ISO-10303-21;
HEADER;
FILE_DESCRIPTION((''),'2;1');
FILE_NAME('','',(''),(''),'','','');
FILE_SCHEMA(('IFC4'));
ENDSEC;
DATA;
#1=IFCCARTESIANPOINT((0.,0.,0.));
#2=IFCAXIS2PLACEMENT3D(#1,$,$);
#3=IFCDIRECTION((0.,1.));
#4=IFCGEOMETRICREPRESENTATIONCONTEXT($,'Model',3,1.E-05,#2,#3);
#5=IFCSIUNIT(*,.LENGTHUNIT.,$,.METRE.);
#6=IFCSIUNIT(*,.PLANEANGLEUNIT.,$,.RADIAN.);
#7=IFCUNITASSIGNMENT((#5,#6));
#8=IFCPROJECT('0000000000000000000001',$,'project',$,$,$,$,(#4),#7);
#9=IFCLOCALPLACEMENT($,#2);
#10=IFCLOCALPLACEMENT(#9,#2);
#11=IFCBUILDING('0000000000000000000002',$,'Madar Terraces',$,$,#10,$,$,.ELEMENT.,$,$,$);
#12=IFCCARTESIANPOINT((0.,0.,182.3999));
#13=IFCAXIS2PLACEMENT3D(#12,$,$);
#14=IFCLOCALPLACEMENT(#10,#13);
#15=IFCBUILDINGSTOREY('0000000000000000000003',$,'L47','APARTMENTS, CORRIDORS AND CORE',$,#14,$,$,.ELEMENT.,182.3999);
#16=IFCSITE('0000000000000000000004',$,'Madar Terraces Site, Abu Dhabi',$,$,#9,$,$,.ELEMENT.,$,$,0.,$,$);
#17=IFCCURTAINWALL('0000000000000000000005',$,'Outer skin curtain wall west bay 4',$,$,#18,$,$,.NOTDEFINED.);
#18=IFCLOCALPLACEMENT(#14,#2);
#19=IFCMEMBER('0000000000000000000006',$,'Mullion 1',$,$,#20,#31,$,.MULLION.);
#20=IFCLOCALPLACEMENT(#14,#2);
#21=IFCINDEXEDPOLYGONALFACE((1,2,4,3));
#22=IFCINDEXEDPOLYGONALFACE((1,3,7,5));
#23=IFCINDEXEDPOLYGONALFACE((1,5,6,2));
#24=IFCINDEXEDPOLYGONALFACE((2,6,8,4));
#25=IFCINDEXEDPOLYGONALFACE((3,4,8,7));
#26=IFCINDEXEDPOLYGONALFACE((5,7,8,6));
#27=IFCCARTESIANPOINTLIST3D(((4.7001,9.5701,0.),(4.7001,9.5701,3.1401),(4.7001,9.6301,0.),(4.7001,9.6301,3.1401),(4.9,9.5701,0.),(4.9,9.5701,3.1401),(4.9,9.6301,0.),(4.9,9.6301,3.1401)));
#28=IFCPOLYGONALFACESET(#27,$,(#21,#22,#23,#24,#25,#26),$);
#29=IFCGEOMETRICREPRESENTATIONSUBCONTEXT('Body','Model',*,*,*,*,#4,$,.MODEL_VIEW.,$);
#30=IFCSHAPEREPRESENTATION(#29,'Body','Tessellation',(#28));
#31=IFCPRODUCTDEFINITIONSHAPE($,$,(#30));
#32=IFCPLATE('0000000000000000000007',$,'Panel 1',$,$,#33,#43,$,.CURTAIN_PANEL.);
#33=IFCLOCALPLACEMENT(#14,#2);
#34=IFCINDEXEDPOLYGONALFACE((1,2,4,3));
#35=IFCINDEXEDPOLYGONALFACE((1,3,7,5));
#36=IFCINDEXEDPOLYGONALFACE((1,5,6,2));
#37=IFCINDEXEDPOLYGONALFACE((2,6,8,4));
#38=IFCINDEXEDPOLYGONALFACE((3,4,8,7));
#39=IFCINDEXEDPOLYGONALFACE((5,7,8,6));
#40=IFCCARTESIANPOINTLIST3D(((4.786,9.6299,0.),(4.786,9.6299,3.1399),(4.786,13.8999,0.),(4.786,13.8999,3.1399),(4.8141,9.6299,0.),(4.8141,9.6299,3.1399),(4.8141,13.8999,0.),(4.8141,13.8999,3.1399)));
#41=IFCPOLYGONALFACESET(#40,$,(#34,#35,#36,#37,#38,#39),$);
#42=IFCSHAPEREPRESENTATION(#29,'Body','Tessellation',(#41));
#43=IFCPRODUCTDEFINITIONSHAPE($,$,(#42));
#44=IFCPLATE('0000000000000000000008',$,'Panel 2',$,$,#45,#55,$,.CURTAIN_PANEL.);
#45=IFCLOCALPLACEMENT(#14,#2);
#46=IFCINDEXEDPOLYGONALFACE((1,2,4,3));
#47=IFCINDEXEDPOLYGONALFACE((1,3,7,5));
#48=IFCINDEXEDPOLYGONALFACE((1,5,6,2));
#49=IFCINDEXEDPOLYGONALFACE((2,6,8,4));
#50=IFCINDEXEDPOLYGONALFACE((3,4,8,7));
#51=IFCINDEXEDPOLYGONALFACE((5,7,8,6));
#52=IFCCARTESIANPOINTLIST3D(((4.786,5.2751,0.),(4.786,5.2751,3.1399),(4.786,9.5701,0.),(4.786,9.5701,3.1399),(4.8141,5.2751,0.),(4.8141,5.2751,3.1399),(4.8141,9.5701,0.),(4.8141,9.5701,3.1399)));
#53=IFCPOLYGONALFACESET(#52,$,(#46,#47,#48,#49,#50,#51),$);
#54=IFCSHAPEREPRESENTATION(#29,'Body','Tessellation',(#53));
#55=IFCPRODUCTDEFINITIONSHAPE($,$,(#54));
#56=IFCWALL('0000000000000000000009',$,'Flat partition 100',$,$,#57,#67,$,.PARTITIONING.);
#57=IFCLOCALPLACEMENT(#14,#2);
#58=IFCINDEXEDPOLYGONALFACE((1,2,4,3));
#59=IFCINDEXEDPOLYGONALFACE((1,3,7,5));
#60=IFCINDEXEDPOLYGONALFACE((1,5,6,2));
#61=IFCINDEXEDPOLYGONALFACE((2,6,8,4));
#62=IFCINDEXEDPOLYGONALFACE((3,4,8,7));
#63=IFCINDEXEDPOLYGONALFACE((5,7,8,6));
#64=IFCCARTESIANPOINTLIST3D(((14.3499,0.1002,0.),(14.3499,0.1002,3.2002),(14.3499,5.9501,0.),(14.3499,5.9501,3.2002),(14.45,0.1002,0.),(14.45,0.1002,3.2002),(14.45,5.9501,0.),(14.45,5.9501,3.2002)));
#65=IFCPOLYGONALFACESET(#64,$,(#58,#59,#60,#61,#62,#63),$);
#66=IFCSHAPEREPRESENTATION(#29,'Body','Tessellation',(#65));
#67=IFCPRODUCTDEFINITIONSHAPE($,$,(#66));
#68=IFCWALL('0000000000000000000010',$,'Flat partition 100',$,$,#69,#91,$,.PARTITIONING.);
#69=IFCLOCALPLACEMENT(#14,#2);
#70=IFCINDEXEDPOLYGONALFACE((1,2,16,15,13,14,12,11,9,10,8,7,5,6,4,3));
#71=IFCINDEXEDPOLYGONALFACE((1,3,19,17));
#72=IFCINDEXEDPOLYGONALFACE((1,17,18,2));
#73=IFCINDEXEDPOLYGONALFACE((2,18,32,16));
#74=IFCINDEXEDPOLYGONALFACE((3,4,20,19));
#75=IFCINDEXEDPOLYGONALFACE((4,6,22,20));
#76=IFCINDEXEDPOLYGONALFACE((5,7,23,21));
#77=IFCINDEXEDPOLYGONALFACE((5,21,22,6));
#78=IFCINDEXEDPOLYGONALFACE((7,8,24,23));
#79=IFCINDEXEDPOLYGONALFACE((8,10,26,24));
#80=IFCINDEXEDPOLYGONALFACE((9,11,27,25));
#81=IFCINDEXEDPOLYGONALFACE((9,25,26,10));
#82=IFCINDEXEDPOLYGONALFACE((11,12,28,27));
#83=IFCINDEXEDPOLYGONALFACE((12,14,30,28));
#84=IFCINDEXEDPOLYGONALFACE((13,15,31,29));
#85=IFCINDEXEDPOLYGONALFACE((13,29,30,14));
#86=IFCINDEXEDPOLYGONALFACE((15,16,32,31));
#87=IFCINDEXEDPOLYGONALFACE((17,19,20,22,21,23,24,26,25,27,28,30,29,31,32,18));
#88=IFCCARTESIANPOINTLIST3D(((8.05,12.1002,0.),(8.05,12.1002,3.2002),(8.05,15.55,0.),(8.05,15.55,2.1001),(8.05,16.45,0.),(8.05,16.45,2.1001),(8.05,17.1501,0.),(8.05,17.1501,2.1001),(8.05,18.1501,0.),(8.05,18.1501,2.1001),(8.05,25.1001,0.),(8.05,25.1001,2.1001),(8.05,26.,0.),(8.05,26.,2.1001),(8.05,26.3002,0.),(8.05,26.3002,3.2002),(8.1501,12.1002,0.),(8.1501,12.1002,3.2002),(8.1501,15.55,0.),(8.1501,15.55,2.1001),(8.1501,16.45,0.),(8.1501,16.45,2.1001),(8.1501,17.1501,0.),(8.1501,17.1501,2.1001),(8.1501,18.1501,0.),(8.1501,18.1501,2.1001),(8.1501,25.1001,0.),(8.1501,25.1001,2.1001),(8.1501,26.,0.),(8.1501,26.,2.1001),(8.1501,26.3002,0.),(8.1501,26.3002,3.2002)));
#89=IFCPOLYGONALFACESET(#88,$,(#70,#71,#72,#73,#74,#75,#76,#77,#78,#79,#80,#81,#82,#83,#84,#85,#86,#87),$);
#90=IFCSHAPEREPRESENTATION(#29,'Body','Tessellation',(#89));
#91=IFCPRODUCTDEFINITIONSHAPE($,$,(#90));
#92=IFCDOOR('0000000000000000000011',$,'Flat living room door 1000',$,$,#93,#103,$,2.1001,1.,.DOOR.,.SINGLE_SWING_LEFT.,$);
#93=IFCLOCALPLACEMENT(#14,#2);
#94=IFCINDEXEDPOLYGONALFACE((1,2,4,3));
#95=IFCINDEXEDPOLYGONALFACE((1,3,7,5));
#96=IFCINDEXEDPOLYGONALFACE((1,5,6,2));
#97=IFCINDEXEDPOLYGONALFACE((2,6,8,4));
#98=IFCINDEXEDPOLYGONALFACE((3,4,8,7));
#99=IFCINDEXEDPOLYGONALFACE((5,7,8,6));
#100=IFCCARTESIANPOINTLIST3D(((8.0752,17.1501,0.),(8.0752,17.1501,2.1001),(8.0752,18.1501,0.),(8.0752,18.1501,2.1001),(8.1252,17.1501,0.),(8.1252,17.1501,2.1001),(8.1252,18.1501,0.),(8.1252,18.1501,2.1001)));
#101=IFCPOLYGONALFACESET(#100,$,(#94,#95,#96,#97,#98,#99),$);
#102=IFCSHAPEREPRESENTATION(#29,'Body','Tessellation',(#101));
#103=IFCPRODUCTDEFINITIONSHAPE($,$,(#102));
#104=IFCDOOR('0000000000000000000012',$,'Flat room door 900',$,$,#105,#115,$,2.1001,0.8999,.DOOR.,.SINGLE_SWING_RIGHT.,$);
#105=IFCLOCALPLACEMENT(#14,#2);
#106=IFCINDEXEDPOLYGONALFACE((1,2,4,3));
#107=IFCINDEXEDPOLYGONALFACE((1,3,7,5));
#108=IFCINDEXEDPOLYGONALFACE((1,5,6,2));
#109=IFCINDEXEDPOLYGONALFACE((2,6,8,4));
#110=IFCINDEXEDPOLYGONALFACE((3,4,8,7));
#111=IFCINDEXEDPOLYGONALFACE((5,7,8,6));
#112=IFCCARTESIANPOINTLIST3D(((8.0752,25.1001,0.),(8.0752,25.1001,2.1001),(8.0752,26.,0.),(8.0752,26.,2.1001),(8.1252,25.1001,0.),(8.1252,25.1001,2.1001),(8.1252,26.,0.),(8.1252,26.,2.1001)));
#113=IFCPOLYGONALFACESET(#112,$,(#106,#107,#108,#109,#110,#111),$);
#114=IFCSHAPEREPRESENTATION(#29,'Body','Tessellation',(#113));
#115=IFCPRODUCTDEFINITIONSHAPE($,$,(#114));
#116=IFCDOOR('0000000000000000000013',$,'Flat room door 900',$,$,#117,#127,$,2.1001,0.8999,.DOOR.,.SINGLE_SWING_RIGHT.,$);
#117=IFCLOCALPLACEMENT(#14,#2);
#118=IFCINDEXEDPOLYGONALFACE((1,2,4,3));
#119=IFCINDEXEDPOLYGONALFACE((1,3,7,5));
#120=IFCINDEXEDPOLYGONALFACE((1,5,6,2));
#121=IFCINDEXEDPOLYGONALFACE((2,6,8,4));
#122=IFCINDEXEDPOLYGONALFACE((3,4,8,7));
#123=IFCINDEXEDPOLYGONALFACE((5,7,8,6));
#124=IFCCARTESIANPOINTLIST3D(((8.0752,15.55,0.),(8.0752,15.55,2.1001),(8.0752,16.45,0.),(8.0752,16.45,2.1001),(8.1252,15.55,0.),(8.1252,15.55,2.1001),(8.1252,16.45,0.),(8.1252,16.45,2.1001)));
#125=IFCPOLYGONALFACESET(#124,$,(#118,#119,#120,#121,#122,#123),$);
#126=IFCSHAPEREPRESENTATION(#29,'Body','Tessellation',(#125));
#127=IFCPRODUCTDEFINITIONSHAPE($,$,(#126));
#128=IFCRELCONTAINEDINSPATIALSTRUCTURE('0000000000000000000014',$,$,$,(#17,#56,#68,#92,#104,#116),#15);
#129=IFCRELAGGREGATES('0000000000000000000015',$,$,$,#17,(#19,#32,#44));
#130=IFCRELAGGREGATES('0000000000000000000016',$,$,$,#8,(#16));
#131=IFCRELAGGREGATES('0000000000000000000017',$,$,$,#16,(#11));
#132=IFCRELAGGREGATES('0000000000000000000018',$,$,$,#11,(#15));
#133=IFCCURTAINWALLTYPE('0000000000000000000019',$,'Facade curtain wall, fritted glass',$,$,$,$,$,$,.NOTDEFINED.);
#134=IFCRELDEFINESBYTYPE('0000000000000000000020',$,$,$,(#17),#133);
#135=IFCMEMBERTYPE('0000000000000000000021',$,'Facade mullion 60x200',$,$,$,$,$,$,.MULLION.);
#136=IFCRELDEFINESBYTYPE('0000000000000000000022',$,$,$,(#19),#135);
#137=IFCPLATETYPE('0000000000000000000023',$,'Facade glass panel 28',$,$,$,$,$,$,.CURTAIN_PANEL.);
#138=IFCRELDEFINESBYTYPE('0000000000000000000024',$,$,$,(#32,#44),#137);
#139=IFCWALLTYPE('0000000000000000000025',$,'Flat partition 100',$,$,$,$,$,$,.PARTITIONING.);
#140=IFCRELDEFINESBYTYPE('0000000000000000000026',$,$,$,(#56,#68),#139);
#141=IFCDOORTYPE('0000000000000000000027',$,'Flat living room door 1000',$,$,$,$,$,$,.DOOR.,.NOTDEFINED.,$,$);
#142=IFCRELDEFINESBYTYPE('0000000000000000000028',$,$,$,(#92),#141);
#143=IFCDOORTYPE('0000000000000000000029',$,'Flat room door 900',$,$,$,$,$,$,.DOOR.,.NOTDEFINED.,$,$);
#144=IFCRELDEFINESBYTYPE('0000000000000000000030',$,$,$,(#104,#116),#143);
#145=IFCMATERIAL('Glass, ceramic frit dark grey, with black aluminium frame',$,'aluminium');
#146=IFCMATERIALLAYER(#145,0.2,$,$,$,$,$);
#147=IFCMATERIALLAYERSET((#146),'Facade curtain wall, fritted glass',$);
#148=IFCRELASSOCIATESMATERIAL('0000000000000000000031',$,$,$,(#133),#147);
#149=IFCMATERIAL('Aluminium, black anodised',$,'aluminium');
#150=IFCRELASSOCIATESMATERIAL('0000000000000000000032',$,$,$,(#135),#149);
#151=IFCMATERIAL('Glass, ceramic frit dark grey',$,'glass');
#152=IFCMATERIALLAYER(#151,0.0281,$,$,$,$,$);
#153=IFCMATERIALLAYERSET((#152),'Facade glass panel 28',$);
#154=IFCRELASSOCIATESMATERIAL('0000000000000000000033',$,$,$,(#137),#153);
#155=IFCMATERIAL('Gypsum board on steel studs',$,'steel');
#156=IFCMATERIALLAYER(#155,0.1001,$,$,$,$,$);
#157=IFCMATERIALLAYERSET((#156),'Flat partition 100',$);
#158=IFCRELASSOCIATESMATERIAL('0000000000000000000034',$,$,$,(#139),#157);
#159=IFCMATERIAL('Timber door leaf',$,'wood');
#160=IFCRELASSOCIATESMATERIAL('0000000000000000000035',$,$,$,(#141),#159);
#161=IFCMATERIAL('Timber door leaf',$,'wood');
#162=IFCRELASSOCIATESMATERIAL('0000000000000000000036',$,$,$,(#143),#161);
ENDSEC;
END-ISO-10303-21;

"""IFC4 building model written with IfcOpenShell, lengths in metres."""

from ifc_helpers import new_model, si_unit, direction, frame, frame_2d, origin, origin_2d, place, context, subcontext, project, spatial, rectangle, extrude, material, layer, layer_set, material_profile, profile_set, type_object, element, fill, aggregate, save


model = new_model("IFC4")

# Units and contexts
model_context = context("Model", 3, precision=1e-05, world=origin(), true_north=direction((0.0, 1.0)))
body_context = subcontext(model_context, "Body", "Model", "MODEL_VIEW")
ifc_project = project(units=[si_unit("LENGTHUNIT", "METRE"), si_unit("PLANEANGLEUNIT", "RADIAN")], contexts=[model_context])

# Site, building, storey
site_placement = place(None, origin())
site = spatial("IfcSite", under=ifc_project, at=site_placement, Name="Madar Terraces Site, Abu Dhabi", CompositionType="ELEMENT", RefElevation=0.0)
building_placement = place(site_placement, origin())
building = spatial("IfcBuilding", under=site, at=building_placement, Name="Madar Terraces", CompositionType="ELEMENT")
storey_placement = place(building_placement, frame((0.0, 0.0, 182.3999)))
storey = spatial("IfcBuildingStorey", under=building, at=storey_placement, Name="L47", Description="APARTMENTS, CORRIDORS AND CORE", CompositionType="ELEMENT", Elevation=182.3999)

# Curtain wall, member, plates
ifc_material_1 = material(Name="Glass, ceramic frit dark grey, with black aluminium frame", Category="aluminium")
ifc_layer_1 = layer(ifc_material_1, 0.2)
ifc_layer_set_1 = layer_set([ifc_layer_1], Name="Facade curtain wall, fritted glass")
curtain_wall_type = type_object("IfcCurtainWallType", Name="Facade curtain wall, fritted glass", PredefinedType="NOTDEFINED", material=ifc_layer_set_1)
curtain_wall_placement = place(storey_placement, origin())
curtain_wall = element("IfcCurtainWall", 1, at=curtain_wall_placement, inside=storey, type_object=curtain_wall_type, Name="Outer skin curtain wall west bay 4", PredefinedType="NOTDEFINED")
ifc_material_2 = material(Name="Aluminium, black anodised", Category="aluminium")
ifc_material_profile = material_profile(ifc_material_2, rectangle(XDim=0.2, YDim=0.0601, at=origin_2d()), Name="Facade mullion 60x200")
ifc_profile_set = profile_set([ifc_material_profile], Name="Aluminium, black anodised")
member_type = type_object("IfcMemberType", Name="Facade mullion 60x200", PredefinedType="MULLION", material=ifc_profile_set)
member_placement = place(storey_placement, frame((4.8, 9.6001, 0.0), z_axis=(0.0, 0.0, 1.0), x_axis=(1.0, 0.0, 0.0)))
member = element("IfcMember", 2, at=member_placement, type_object=member_type, Name="Mullion 1", PredefinedType="MULLION", context=body_context, shape_type="SweptSolid", body=[
    extrude(rectangle(XDim=0.2, YDim=0.0601, at=origin_2d()), origin(), (0.0, 0.0, 1.0), 3.1401),
])
ifc_material_3 = material(Name="Glass, ceramic frit dark grey", Category="glass")
ifc_layer_2 = layer(ifc_material_3, 0.0281)
ifc_layer_set_2 = layer_set([ifc_layer_2], Name="Facade glass panel 28")
plate_type = type_object("IfcPlateType", Name="Facade glass panel 28", PredefinedType="CURTAIN_PANEL", material=ifc_layer_set_2)
plate_1_placement = place(storey_placement, frame((4.8, 11.7649, 0.0), z_axis=(0.0, 0.0, 1.0), x_axis=(0.0, -1.0, 0.0)))
plate_1 = element("IfcPlate", 3, at=plate_1_placement, type_object=plate_type, Name="Panel 1", PredefinedType="CURTAIN_PANEL", context=body_context, shape_type="SweptSolid", body=[
    extrude(rectangle(XDim=4.27, YDim=0.0281, at=origin_2d()), origin(), (0.0, 0.0, 1.0), 3.1399),
])
plate_2_placement = place(storey_placement, frame((4.8, 7.4226, 0.0), z_axis=(0.0, 0.0, 1.0), x_axis=(0.0, -1.0, 0.0)))
plate_2 = element("IfcPlate", 4, at=plate_2_placement, type_object=plate_type, Name="Panel 2", PredefinedType="CURTAIN_PANEL", context=body_context, shape_type="SweptSolid", body=[
    extrude(rectangle(XDim=4.2949, YDim=0.0281, at=origin_2d()), origin(), (0.0, 0.0, 1.0), 3.1399),
])
aggregate(curtain_wall, [member, plate_1, plate_2])

# Wall
ifc_material_4 = material(Name="Gypsum board on steel studs", Category="steel")
ifc_layer_3 = layer(ifc_material_4, 0.1001)
ifc_layer_set_3 = layer_set([ifc_layer_3], Name="Flat partition 100")
wall_type_1 = type_object("IfcWallType", Name="Flat partition 100", PredefinedType="PARTITIONING", material=ifc_layer_set_3)
wall_1_placement = place(storey_placement, frame((14.3999, 5.95, 0.0), z_axis=(0.0, 0.0, 1.0), x_axis=(0.0, -1.0, 0.0)))
element("IfcWall", 5, at=wall_1_placement, inside=storey, type_object=wall_type_1, Name="Flat partition 100", PredefinedType="PARTITIONING", context=body_context, shape_type="SweptSolid", body=[
    extrude(rectangle(XDim=5.8499, YDim=0.1001, at=frame_2d((2.9248, 0.0))), origin(), (0.0, 0.0, 1.0), 3.2002),
])

# Wall, openings, doors
wall_2_placement = place(storey_placement, frame((8.1001, 12.1001, 0.0), z_axis=(0.0, 0.0, 1.0), x_axis=(0.0, 1.0, 0.0)))
wall_2 = element("IfcWall", 6, at=wall_2_placement, inside=storey, type_object=wall_type_1, Name="Flat partition 100", PredefinedType="PARTITIONING", context=body_context, shape_type="SweptSolid", body=[
    extrude(rectangle(XDim=14.2, YDim=0.1001, at=frame_2d((7.1001, 0.0))), origin(), (0.0, 0.0, 1.0), 3.2002),
])
opening_1_placement = place(wall_2_placement, frame((13.0, 0.0, 0.0)))
opening_1 = element("IfcOpeningElement", 7, at=opening_1_placement, cuts=wall_2, PredefinedType="OPENING", context=body_context, shape_type="SweptSolid", body=[
    extrude(rectangle(XDim=0.8999, YDim=2.1001, at=frame_2d((0.45, 1.05))), frame((0.0, 0.0601, 0.0), z_axis=(0.0, -1.0, 0.0), x_axis=(1.0, 0.0, 0.0)), (0.0, 0.0, 1.0), 0.1201),
])
opening_2_placement = place(wall_2_placement, frame((5.05, 0.0, 0.0)))
opening_2 = element("IfcOpeningElement", 8, at=opening_2_placement, cuts=wall_2, PredefinedType="OPENING", context=body_context, shape_type="SweptSolid", body=[
    extrude(rectangle(XDim=1.0, YDim=2.1001, at=frame_2d((0.5, 1.05))), frame((0.0, 0.0601, 0.0), z_axis=(0.0, -1.0, 0.0), x_axis=(1.0, 0.0, 0.0)), (0.0, 0.0, 1.0), 0.1201),
])
opening_3_placement = place(wall_2_placement, frame((3.45, 0.0, 0.0)))
opening_3 = element("IfcOpeningElement", 9, at=opening_3_placement, cuts=wall_2, PredefinedType="OPENING", context=body_context, shape_type="SweptSolid", body=[
    extrude(rectangle(XDim=0.8999, YDim=2.1001, at=frame_2d((0.45, 1.05))), frame((0.0, 0.0601, 0.0), z_axis=(0.0, -1.0, 0.0), x_axis=(1.0, 0.0, 0.0)), (0.0, 0.0, 1.0), 0.1201),
])
ifc_material_5 = material(Name="Timber door leaf", Category="wood")
door_type_1 = type_object("IfcDoorType", Name="Flat living room door 1000", OperationType="NOTDEFINED", PredefinedType="DOOR", material=ifc_material_5)
door_1_placement = place(opening_2_placement, origin())
door_1 = element("IfcDoor", 10, at=door_1_placement, inside=storey, type_object=door_type_1, Name="Flat living room door 1000", OperationType="SINGLE_SWING_LEFT", OverallHeight=2.1001, OverallWidth=1.0, PredefinedType="DOOR", context=body_context, shape_type="SweptSolid", body=[
    extrude(rectangle(XDim=1.0, YDim=2.1001, at=frame_2d((0.5, 1.05))), frame((0.0, 0.0249, 0.0), z_axis=(0.0, -1.0, 0.0), x_axis=(1.0, 0.0, 0.0)), (0.0, 0.0, 1.0), 0.05),
])
fill(opening_2, door_1)
ifc_material_6 = material(Name="Timber door leaf", Category="wood")
door_type_2 = type_object("IfcDoorType", Name="Flat room door 900", OperationType="NOTDEFINED", PredefinedType="DOOR", material=ifc_material_6)
door_2_placement = place(opening_1_placement, origin())
door_2 = element("IfcDoor", 11, at=door_2_placement, inside=storey, type_object=door_type_2, Name="Flat room door 900", OperationType="SINGLE_SWING_RIGHT", OverallHeight=2.1001, OverallWidth=0.8999, PredefinedType="DOOR", context=body_context, shape_type="SweptSolid", body=[
    extrude(rectangle(XDim=0.8999, YDim=2.1001, at=frame_2d((0.45, 1.05))), frame((0.0, 0.0249, 0.0), z_axis=(0.0, -1.0, 0.0), x_axis=(1.0, 0.0, 0.0)), (0.0, 0.0, 1.0), 0.05),
])
fill(opening_1, door_2)
door_3_placement = place(opening_3_placement, origin())
door_3 = element("IfcDoor", 12, at=door_3_placement, inside=storey, type_object=door_type_2, Name="Flat room door 900", OperationType="SINGLE_SWING_RIGHT", OverallHeight=2.1001, OverallWidth=0.8999, PredefinedType="DOOR", context=body_context, shape_type="SweptSolid", body=[
    extrude(rectangle(XDim=0.8999, YDim=2.1001, at=frame_2d((0.45, 1.05))), frame((0.0, 0.0249, 0.0), z_axis=(0.0, -1.0, 0.0), x_axis=(1.0, 0.0, 0.0)), (0.0, 0.0, 1.0), 0.05),
])
fill(opening_3, door_3)

save(model, "model.ifc")
